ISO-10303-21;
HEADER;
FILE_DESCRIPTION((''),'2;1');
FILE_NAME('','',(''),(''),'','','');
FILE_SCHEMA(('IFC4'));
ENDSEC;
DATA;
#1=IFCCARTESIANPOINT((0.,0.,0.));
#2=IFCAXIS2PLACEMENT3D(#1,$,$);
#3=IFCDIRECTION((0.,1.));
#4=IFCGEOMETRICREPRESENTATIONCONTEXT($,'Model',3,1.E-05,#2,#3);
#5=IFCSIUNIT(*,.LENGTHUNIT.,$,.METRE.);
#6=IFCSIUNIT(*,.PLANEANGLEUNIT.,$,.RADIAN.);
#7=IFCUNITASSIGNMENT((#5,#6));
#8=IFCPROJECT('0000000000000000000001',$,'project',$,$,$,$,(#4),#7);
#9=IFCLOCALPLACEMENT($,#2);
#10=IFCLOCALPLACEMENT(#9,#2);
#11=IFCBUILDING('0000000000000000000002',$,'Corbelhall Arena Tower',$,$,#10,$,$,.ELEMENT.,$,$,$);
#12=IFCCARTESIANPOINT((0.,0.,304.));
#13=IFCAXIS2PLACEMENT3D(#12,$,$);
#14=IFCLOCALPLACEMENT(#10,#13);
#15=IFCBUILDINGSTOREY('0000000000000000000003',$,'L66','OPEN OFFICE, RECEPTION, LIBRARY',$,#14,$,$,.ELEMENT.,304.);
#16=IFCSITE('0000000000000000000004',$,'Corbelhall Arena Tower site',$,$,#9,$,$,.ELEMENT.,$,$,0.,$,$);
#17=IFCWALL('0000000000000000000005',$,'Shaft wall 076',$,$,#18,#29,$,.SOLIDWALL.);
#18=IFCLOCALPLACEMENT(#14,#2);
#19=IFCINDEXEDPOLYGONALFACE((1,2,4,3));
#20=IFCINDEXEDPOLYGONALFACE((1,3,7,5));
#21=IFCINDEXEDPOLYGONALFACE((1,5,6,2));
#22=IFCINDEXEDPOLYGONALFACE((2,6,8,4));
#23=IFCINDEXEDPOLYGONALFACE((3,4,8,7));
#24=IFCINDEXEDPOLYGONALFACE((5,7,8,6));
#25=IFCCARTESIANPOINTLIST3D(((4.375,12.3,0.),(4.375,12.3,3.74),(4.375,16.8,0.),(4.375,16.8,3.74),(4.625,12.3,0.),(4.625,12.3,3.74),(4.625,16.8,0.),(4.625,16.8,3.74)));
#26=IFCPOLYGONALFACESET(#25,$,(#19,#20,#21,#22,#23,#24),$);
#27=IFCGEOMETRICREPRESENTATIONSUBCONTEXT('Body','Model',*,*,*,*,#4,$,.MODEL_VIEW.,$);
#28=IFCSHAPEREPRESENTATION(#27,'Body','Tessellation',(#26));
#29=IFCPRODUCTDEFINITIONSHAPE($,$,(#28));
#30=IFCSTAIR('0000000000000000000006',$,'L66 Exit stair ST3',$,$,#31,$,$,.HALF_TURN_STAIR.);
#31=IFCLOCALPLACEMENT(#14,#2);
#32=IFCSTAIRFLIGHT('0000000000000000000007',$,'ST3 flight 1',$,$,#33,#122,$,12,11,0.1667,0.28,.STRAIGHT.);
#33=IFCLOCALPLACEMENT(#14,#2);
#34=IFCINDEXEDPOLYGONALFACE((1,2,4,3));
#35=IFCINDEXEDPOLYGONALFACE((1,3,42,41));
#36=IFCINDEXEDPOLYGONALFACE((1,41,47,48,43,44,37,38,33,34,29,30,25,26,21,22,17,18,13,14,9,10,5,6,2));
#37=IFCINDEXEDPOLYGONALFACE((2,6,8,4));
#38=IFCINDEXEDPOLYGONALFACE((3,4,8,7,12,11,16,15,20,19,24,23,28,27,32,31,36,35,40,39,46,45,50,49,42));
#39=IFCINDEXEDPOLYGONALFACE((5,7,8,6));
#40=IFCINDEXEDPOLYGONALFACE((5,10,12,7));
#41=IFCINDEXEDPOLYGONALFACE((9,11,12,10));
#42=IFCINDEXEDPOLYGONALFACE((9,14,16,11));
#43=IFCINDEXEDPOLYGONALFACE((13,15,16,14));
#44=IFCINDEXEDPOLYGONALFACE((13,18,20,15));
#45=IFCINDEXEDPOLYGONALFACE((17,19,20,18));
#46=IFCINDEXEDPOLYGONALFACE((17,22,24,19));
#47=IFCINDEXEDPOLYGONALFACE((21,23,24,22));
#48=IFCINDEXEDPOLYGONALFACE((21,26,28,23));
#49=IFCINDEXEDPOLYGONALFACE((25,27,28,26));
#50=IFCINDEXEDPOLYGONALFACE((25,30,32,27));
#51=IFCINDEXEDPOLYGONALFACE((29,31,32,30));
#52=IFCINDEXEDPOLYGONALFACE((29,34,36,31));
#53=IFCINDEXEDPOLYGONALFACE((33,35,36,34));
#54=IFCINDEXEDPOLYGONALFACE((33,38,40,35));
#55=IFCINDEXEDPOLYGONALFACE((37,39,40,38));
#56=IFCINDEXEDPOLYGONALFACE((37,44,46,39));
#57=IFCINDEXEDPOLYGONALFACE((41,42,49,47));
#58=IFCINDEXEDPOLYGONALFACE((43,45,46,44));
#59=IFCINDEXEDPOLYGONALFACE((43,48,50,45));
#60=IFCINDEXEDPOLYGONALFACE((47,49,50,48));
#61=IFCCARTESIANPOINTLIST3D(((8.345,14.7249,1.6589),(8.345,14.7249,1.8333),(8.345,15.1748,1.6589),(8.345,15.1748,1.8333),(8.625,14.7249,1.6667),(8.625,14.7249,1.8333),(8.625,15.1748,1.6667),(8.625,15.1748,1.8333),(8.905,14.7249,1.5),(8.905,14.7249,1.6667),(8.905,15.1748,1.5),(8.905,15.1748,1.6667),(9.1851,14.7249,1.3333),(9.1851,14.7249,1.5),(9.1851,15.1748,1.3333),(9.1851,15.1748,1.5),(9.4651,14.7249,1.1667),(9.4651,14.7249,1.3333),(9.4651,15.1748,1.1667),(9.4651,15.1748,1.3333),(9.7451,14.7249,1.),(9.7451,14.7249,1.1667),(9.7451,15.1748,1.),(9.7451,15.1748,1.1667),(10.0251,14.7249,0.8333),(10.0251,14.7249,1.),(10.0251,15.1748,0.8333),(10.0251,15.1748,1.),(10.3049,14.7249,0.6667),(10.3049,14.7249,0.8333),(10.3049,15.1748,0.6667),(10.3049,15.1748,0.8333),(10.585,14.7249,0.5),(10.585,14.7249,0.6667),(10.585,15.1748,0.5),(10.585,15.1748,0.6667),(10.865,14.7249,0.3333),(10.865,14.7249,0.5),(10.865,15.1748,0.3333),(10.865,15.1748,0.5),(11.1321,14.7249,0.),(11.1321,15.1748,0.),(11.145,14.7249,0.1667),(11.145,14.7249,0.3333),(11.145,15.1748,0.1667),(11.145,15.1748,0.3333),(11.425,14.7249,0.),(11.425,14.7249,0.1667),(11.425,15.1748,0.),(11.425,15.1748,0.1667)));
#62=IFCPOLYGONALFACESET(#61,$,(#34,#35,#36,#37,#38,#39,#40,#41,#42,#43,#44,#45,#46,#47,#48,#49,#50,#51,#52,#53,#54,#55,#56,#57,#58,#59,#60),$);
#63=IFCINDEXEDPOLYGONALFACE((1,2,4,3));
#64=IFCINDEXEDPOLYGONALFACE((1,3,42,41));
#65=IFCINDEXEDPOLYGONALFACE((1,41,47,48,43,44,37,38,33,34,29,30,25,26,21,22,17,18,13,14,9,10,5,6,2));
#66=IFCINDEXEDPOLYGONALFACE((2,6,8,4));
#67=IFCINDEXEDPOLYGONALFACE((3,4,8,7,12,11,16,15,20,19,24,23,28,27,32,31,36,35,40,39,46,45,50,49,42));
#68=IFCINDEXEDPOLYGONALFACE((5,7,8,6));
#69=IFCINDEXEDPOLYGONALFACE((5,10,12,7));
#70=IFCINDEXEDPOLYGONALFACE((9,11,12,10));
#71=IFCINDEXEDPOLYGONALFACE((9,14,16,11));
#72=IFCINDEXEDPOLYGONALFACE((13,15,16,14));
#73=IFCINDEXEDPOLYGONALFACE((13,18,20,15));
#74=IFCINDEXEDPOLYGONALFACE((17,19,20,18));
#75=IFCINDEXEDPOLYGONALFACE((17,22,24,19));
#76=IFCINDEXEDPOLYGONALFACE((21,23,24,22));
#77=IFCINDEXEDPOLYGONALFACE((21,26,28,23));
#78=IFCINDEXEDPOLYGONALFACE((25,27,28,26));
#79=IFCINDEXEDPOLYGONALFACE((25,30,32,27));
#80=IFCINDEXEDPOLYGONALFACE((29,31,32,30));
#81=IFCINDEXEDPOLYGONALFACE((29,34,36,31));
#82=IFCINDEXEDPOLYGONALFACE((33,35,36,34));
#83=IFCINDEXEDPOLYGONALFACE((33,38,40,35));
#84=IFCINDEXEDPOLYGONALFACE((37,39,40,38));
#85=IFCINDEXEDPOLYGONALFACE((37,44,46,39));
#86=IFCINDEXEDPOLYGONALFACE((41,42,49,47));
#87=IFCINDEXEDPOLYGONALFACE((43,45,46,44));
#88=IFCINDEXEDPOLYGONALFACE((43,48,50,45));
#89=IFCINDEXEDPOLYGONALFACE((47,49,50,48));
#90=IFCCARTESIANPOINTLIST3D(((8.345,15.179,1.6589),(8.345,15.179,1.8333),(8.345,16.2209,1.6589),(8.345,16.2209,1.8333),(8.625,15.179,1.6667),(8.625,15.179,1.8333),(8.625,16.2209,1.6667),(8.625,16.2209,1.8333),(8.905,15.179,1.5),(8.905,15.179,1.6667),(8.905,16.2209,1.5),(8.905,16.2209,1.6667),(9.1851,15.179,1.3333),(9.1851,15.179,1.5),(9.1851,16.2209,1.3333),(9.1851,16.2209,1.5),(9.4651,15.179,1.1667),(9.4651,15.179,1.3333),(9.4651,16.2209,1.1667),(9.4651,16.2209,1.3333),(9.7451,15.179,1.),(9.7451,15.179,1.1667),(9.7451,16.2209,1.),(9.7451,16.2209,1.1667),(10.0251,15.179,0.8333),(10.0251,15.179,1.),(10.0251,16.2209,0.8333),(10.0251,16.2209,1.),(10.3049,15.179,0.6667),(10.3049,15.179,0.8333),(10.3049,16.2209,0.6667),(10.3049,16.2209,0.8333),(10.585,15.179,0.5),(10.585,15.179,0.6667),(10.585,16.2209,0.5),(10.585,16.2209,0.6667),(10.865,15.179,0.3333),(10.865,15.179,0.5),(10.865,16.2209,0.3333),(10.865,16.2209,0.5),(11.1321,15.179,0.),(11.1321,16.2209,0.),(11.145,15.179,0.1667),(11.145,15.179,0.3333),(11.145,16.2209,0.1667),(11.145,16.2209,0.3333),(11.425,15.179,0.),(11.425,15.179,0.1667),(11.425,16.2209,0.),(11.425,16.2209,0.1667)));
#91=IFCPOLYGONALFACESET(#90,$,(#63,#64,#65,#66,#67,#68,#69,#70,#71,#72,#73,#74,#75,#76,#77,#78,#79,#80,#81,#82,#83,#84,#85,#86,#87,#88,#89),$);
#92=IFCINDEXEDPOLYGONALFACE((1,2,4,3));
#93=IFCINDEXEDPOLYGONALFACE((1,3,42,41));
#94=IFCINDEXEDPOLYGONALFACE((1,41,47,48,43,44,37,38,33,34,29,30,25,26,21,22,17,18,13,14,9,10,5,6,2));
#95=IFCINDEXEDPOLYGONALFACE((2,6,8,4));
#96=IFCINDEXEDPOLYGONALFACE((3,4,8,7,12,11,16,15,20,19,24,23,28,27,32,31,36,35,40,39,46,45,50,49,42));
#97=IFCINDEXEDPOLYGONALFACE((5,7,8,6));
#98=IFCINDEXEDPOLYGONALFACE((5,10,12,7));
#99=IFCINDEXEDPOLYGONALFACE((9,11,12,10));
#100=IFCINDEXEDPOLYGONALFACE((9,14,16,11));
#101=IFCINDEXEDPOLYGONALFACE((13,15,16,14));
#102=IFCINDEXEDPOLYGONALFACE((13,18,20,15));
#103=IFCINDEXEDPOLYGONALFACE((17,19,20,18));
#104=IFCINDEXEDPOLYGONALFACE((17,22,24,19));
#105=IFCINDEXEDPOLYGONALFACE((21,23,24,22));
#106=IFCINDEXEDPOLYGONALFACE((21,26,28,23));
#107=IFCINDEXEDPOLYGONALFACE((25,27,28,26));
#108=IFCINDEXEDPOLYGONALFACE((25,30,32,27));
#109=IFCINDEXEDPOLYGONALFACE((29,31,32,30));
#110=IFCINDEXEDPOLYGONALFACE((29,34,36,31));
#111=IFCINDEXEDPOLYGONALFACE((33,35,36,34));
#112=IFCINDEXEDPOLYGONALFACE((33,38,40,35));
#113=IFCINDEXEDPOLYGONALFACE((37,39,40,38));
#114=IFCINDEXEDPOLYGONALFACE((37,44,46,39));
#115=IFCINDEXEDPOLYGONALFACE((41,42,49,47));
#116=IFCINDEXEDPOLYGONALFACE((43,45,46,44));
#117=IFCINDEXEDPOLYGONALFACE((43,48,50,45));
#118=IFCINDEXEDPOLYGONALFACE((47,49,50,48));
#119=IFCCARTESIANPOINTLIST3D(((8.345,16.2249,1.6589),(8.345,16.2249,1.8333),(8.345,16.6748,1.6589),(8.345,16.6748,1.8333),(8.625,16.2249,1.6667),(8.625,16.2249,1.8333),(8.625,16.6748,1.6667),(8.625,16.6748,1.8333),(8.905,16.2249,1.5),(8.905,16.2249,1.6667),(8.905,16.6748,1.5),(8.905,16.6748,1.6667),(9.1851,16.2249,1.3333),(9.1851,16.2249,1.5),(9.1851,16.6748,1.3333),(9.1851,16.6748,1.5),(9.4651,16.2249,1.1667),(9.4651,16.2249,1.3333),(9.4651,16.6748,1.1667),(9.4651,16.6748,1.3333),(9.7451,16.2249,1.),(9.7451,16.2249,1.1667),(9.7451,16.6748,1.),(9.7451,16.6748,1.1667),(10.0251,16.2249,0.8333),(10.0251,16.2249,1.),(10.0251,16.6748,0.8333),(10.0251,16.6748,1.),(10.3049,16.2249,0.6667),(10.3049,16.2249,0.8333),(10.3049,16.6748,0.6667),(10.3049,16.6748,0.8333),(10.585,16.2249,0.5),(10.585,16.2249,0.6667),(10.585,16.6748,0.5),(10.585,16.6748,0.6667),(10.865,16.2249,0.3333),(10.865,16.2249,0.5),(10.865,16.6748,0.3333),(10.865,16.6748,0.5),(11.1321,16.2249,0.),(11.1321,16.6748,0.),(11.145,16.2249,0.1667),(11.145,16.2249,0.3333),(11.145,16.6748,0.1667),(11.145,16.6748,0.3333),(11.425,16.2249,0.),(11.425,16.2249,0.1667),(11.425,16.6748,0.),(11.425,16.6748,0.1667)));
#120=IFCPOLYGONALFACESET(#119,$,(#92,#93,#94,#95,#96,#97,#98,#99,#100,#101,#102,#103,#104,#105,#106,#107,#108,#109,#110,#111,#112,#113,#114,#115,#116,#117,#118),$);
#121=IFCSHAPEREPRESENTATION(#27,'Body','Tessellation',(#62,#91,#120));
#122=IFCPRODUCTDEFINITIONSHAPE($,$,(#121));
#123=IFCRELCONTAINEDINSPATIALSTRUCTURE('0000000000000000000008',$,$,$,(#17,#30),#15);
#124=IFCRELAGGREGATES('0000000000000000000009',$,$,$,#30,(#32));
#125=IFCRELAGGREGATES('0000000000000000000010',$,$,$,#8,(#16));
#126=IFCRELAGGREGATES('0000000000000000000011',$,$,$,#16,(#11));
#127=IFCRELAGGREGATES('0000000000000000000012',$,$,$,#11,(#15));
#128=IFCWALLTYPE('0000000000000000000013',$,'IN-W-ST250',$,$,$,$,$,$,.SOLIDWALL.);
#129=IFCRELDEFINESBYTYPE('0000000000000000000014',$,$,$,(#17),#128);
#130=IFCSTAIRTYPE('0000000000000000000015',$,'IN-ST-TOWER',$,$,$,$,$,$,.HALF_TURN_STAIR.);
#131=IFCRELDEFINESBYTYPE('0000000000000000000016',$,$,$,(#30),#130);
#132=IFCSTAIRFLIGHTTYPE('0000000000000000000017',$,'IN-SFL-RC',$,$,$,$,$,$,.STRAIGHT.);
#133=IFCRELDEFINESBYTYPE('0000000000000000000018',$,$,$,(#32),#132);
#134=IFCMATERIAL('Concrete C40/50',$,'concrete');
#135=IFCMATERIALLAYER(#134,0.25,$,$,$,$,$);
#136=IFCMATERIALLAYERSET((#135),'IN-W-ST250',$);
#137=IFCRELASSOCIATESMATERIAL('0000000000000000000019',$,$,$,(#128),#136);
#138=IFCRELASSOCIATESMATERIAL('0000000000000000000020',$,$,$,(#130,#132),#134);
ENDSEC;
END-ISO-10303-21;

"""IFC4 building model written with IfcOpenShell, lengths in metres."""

from ifc_helpers import new_model, si_unit, direction, frame, frame_2d, origin, place, context, subcontext, project, spatial, polyline, rectangle, outline, extrude, material, layer, layer_set, type_object, element, aggregate, save


model = new_model("IFC4")

# Units and contexts
model_context = context("Model", 3, precision=1e-05, world=origin(), true_north=direction((0.0, 1.0)))
body_context = subcontext(model_context, "Body", "Model", "MODEL_VIEW")
ifc_project = project(units=[si_unit("LENGTHUNIT", "METRE"), si_unit("PLANEANGLEUNIT", "RADIAN")], contexts=[model_context])

# Site, building, storey
site_placement = place(None, origin())
site = spatial("IfcSite", under=ifc_project, at=site_placement, Name="Corbelhall Arena Tower site", CompositionType="ELEMENT", RefElevation=0.0)
building_placement = place(site_placement, origin())
building = spatial("IfcBuilding", under=site, at=building_placement, Name="Corbelhall Arena Tower", CompositionType="ELEMENT")
storey_placement = place(building_placement, frame((0.0, 0.0, 304.0)))
storey = spatial("IfcBuildingStorey", under=building, at=storey_placement, Name="L66", Description="OPEN OFFICE, RECEPTION, LIBRARY", CompositionType="ELEMENT", Elevation=304.0)

# Wall
ifc_material_1 = material(Name="Concrete C40/50", Category="concrete")
ifc_layer_1 = layer(ifc_material_1, 0.25)
ifc_layer_set_1 = layer_set([ifc_layer_1], Name="IN-W-ST250")
wall_type_1 = type_object("IfcWallType", Name="IN-W-ST250", PredefinedType="SOLIDWALL", material=ifc_layer_set_1)
wall_1_placement = place(storey_placement, frame((4.5, 12.3, 0.0), z_axis=(0.0, 0.0, 1.0), x_axis=(0.0, 1.0, 0.0)))
element("IfcWall", 1, at=wall_1_placement, inside=storey, type_object=wall_type_1, Name="Shaft wall 076", PredefinedType="SOLIDWALL", context=body_context, shape_type="SweptSolid", body=[
    extrude(rectangle(XDim=4.5, YDim=0.25, at=frame_2d((2.25, 0.0))), origin(), (0.0, 0.0, 1.0), 3.74),
])

# Stair, stair flight
stair_type = type_object("IfcStairType", Name="IN-ST-TOWER", PredefinedType="HALF_TURN_STAIR", material=ifc_material_1)
stair_placement = place(storey_placement, origin())
stair = element("IfcStair", 2, at=stair_placement, inside=storey, type_object=stair_type, Name="L66 Exit stair ST3", PredefinedType="HALF_TURN_STAIR")
stair_flight_type = type_object("IfcStairFlightType", Name="IN-SFL-RC", PredefinedType="STRAIGHT", material=ifc_material_1)
stair_flight_1_placement = place(storey_placement, frame((11.425, 15.7, 0.0), z_axis=(0.0, 0.0, 1.0), x_axis=(-1.0, 0.0, 0.0)))
stair_flight_1 = element("IfcStairFlight", 3, at=stair_flight_1_placement, type_object=stair_flight_type, Name="ST3 flight 1", NumberOfRisers=12, NumberOfTreads=11, PredefinedType="STRAIGHT", RiserHeight=0.1667, TreadLength=0.28, context=body_context, shape_type="SweptSolid", body=[
    extrude(outline(polyline([(0.0, 0.0), (0.0, 0.1667), (0.28, 0.1667), (0.28, 0.3333), (0.5601, 0.3333), (0.5601, 0.5), (0.8401, 0.5), (0.8401, 0.6667), (1.1201, 0.6667), (1.1201, 0.8333), (1.3999, 0.8333), (1.3999, 1.0), (1.6799, 1.0), (1.6799, 1.1667), (1.96, 1.1667), (1.96, 1.3333), (2.24, 1.3333), (2.24, 1.5), (2.52, 1.5), (2.52, 1.6667), (2.8, 1.6667), (2.8, 1.8333), (3.0801, 1.8333), (3.0801, 2.0), (3.0801, 1.6589), (0.293, 0.0), (0.0, 0.0)])), frame((0.0, 0.9751, 0.0), z_axis=(0.0, -1.0, 0.0), x_axis=(1.0, 0.0, 0.0)), (0.0, 0.0, 1.0), 0.45),
    extrude(outline(polyline([(0.0, 0.0), (0.0, 0.1667), (0.28, 0.1667), (0.28, 0.3333), (0.5601, 0.3333), (0.5601, 0.5), (0.8401, 0.5), (0.8401, 0.6667), (1.1201, 0.6667), (1.1201, 0.8333), (1.3999, 0.8333), (1.3999, 1.0), (1.6799, 1.0), (1.6799, 1.1667), (1.96, 1.1667), (1.96, 1.3333), (2.24, 1.3333), (2.24, 1.5), (2.52, 1.5), (2.52, 1.6667), (2.8, 1.6667), (2.8, 1.8333), (3.0801, 1.8333), (3.0801, 2.0), (3.0801, 1.6589), (0.293, 0.0), (0.0, 0.0)])), frame((0.0, 0.521, 0.0), z_axis=(0.0, -1.0, 0.0), x_axis=(1.0, 0.0, 0.0)), (0.0, 0.0, 1.0), 1.042),
    extrude(outline(polyline([(0.0, 0.0), (0.0, 0.1667), (0.28, 0.1667), (0.28, 0.3333), (0.5601, 0.3333), (0.5601, 0.5), (0.8401, 0.5), (0.8401, 0.6667), (1.1201, 0.6667), (1.1201, 0.8333), (1.3999, 0.8333), (1.3999, 1.0), (1.6799, 1.0), (1.6799, 1.1667), (1.96, 1.1667), (1.96, 1.3333), (2.24, 1.3333), (2.24, 1.5), (2.52, 1.5), (2.52, 1.6667), (2.8, 1.6667), (2.8, 1.8333), (3.0801, 1.8333), (3.0801, 2.0), (3.0801, 1.6589), (0.293, 0.0), (0.0, 0.0)])), frame((0.0, -0.5249, 0.0), z_axis=(0.0, -1.0, 0.0), x_axis=(1.0, 0.0, 0.0)), (0.0, 0.0, 1.0), 0.45),
])
aggregate(stair, [stair_flight_1])

save(model, "model.ifc")
